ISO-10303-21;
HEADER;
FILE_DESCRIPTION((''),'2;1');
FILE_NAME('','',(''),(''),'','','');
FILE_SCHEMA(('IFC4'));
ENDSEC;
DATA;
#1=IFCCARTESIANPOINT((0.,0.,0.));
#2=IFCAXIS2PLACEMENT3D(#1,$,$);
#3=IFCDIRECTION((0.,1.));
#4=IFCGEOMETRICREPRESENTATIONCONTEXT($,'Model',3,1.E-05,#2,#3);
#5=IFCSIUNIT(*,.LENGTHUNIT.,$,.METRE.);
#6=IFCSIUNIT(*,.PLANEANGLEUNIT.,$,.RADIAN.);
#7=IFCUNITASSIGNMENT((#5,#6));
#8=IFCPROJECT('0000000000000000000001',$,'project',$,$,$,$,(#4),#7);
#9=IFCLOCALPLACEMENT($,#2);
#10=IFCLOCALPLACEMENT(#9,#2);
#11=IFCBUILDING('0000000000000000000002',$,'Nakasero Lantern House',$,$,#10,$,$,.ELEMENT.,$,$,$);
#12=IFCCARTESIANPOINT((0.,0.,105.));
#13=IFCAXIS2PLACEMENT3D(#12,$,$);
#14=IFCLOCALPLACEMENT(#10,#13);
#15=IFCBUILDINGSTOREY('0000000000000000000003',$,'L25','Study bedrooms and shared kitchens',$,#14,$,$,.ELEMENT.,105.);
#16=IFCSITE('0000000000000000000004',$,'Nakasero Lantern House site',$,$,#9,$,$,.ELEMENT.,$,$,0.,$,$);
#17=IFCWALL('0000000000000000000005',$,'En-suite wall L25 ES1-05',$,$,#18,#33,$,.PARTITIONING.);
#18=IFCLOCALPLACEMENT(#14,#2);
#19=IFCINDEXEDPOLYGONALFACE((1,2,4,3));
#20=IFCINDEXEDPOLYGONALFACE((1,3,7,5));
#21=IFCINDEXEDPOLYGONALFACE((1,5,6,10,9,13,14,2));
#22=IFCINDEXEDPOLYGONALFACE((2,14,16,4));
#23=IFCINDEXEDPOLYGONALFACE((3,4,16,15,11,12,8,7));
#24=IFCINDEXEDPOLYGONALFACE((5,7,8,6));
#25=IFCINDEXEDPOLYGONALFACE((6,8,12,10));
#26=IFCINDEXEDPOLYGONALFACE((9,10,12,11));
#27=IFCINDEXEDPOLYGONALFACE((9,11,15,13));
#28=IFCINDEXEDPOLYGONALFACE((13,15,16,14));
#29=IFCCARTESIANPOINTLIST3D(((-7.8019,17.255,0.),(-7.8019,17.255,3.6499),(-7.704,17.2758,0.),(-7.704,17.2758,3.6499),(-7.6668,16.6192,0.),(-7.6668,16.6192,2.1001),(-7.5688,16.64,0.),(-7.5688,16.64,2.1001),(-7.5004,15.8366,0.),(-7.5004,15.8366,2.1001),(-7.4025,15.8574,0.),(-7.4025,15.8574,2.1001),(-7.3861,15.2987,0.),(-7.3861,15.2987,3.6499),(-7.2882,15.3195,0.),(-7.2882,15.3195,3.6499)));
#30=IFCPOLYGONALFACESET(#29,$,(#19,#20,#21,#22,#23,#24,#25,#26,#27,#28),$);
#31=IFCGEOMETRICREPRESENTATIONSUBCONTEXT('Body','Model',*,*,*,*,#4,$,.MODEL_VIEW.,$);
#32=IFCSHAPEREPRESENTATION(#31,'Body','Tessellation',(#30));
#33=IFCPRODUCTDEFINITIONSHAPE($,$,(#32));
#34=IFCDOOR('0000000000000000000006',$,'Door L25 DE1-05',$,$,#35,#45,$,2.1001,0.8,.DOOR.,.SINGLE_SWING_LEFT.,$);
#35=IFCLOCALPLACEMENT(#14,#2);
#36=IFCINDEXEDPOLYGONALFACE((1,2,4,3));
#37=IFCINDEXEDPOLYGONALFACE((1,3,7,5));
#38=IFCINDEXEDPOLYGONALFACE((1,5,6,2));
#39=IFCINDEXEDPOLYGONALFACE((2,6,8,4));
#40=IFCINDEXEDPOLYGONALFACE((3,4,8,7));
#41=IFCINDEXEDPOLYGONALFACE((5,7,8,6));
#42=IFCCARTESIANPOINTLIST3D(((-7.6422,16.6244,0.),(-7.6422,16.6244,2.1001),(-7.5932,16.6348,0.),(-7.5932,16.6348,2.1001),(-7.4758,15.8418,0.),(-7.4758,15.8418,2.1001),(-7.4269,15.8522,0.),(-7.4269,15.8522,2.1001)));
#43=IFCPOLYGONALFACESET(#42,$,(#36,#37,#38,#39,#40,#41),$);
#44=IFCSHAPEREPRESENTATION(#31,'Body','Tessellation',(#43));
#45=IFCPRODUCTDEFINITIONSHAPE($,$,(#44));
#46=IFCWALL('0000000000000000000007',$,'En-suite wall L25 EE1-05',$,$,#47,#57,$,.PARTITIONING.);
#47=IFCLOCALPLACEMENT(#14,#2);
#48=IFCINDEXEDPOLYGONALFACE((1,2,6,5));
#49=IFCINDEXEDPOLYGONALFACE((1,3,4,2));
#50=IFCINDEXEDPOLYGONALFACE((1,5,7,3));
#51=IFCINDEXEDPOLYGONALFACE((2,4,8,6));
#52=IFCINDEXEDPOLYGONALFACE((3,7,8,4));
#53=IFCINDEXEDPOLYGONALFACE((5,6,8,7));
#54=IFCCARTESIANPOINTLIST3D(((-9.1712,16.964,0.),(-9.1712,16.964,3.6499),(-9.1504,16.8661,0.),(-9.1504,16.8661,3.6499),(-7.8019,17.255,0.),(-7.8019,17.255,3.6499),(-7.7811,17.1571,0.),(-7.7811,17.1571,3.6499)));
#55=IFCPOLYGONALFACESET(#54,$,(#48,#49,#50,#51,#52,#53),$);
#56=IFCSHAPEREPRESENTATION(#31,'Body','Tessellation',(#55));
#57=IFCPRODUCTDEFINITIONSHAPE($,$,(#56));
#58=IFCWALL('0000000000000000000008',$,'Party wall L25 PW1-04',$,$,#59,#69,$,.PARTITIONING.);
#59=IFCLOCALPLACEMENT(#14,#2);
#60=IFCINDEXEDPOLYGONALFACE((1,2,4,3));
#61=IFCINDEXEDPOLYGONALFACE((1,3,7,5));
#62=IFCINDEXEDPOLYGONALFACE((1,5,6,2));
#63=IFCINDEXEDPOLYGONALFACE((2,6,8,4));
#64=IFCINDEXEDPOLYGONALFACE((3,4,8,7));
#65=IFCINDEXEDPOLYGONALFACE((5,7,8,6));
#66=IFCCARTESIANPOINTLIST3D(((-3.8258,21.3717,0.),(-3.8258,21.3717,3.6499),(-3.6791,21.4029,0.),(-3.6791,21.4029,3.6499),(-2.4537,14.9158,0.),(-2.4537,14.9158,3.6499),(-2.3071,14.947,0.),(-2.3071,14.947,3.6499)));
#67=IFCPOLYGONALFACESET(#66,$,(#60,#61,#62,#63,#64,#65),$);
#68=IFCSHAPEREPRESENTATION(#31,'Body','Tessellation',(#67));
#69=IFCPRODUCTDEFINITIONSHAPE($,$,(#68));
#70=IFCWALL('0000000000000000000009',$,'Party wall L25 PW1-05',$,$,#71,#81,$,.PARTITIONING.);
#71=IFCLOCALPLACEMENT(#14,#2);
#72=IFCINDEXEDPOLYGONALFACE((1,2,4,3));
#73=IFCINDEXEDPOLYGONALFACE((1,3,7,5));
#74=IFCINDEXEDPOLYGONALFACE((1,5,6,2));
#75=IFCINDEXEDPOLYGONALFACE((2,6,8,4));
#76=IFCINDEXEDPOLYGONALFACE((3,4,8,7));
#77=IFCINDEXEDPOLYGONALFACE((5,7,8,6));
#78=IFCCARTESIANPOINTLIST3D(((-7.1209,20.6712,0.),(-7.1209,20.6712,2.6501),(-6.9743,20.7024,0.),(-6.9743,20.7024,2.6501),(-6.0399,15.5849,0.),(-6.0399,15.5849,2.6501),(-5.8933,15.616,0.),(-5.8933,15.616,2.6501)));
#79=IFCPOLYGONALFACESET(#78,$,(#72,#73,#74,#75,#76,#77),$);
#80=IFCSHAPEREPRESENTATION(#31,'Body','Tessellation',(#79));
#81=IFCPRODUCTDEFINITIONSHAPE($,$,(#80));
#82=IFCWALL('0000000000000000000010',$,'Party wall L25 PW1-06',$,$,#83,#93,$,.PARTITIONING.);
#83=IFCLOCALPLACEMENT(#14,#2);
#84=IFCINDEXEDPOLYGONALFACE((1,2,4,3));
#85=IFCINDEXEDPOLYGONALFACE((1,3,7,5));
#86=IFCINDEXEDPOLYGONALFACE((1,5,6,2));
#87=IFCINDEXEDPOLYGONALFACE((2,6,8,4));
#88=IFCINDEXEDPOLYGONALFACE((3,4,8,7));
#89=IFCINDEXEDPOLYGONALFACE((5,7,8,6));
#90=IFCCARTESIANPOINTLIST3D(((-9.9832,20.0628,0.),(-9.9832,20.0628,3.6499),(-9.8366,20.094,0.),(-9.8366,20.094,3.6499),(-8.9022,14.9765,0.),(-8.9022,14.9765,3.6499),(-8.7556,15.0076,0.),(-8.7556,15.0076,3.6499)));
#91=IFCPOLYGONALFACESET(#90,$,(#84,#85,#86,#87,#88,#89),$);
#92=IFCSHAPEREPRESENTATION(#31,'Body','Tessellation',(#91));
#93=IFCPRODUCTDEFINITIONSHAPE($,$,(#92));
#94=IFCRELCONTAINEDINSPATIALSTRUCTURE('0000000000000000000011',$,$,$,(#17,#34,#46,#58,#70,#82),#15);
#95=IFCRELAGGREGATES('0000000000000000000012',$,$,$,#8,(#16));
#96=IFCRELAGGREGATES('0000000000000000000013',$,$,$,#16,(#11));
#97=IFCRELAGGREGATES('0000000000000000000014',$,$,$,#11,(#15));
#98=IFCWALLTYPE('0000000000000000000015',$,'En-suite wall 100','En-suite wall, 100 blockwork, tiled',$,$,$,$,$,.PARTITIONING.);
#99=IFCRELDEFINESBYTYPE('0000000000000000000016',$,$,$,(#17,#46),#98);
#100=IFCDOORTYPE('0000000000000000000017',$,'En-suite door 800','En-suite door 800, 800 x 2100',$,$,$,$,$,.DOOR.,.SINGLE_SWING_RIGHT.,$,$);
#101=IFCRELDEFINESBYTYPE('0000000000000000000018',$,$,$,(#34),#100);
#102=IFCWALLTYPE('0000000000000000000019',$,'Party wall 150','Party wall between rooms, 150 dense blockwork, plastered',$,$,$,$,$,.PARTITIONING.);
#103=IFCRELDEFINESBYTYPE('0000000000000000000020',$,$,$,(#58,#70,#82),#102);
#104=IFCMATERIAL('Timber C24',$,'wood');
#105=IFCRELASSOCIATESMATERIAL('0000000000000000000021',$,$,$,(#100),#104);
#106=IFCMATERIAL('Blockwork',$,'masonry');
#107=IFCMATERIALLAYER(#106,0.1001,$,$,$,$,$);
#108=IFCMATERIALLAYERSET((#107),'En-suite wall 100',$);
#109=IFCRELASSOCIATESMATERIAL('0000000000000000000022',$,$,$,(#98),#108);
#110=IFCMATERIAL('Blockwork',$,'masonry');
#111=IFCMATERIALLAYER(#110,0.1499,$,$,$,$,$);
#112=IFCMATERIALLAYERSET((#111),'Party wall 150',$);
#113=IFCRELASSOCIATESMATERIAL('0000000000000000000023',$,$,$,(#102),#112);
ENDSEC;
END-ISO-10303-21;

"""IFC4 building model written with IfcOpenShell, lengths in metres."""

from ifc_helpers import new_model, si_unit, direction, frame, frame_2d, origin, place, context, subcontext, project, spatial, rectangle, extrude, material, layer, layer_set, type_object, element, fill, save


model = new_model("IFC4")

# Units and contexts
model_context = context("Model", 3, precision=1e-05, world=origin(), true_north=direction((0.0, 1.0)))
body_context = subcontext(model_context, "Body", "Model", "MODEL_VIEW")
ifc_project = project(units=[si_unit("LENGTHUNIT", "METRE"), si_unit("PLANEANGLEUNIT", "RADIAN")], contexts=[model_context])

# Site, building, storey
site_placement = place(None, origin())
site = spatial("IfcSite", under=ifc_project, at=site_placement, Name="Nakasero Lantern House site", CompositionType="ELEMENT", RefElevation=0.0)
building_placement = place(site_placement, origin())
building = spatial("IfcBuilding", under=site, at=building_placement, Name="Nakasero Lantern House", CompositionType="ELEMENT")
storey_placement = place(building_placement, frame((0.0, 0.0, 105.0)))
storey = spatial("IfcBuildingStorey", under=building, at=storey_placement, Name="L25", Description="Study bedrooms and shared kitchens", CompositionType="ELEMENT", Elevation=105.0)

# Shared definitions
ifc_material_1 = material(Name="Timber C24", Category="wood")
door_type_1 = type_object("IfcDoorType", Name="En-suite door 800", Description="En-suite door 800, 800 x 2100", OperationType="SINGLE_SWING_RIGHT", PredefinedType="DOOR", material=ifc_material_1)

# Shared definitions
ifc_material_2 = material(Name="Blockwork", Category="masonry")
ifc_layer_1 = layer(ifc_material_2, 0.1001)
ifc_layer_set_1 = layer_set([ifc_layer_1], Name="En-suite wall 100")
wall_type_1 = type_object("IfcWallType", Name="En-suite wall 100", Description="En-suite wall, 100 blockwork, tiled", PredefinedType="PARTITIONING", material=ifc_layer_set_1)

# Wall, opening, door
wall_1_placement = place(storey_placement, frame((-7.3372, 15.3091, 0.0), z_axis=(0.0, 0.0, 1.0), x_axis=(-0.207886, 0.978153, 0.0)))
wall_1 = element("IfcWall", 1, at=wall_1_placement, inside=storey, type_object=wall_type_1, Name="En-suite wall L25 ES1-05", PredefinedType="PARTITIONING", context=body_context, shape_type="SweptSolid", body=[
    extrude(rectangle(XDim=2.0, YDim=0.1001, at=frame_2d((1.0, 0.0))), origin(), (0.0, 0.0, 1.0), 3.6499),
])
opening_1_placement = place(wall_1_placement, frame((0.55, 0.0, 0.0)))
opening_1 = element("IfcOpeningElement", 2, at=opening_1_placement, cuts=wall_1, PredefinedType="OPENING", context=body_context, shape_type="SweptSolid", body=[
    extrude(rectangle(XDim=0.8, YDim=2.1001, at=frame_2d((0.3999, 1.05))), frame((0.0, 0.0701, 0.0), z_axis=(0.0, -1.0, 0.0), x_axis=(1.0, 0.0, 0.0)), (0.0, 0.0, 1.0), 0.1401),
])
door_1_placement = place(opening_1_placement, origin())
door_1 = element("IfcDoor", 3, at=door_1_placement, inside=storey, type_object=door_type_1, Name="Door L25 DE1-05", OperationType="SINGLE_SWING_LEFT", OverallHeight=2.1001, OverallWidth=0.8, PredefinedType="DOOR", context=body_context, shape_type="SweptSolid", body=[
    extrude(rectangle(XDim=0.8, YDim=2.1001, at=frame_2d((0.3999, 1.05))), frame((0.0, 0.0249, 0.0), z_axis=(0.0, -1.0, 0.0), x_axis=(1.0, 0.0, 0.0)), (0.0, 0.0, 1.0), 0.05),
])
fill(opening_1, door_1)

# Walls
wall_2_placement = place(storey_placement, frame((-7.7915, 17.2061, 0.0), z_axis=(0.0, 0.0, 1.0), x_axis=(-0.978156, -0.207873, 0.0)))
element("IfcWall", 4, at=wall_2_placement, inside=storey, type_object=wall_type_1, Name="En-suite wall L25 EE1-05", PredefinedType="PARTITIONING", context=body_context, shape_type="SweptSolid", body=[
    extrude(rectangle(XDim=1.3999, YDim=0.1001, at=frame_2d((0.7, 0.0))), origin(), (0.0, 0.0, 1.0), 3.6499),
])
ifc_material_3 = material(Name="Blockwork", Category="masonry")
ifc_layer_2 = layer(ifc_material_3, 0.1499)
ifc_layer_set_2 = layer_set([ifc_layer_2], Name="Party wall 150")
wall_type_2 = type_object("IfcWallType", Name="Party wall 150", Description="Party wall between rooms, 150 dense blockwork, plastered", PredefinedType="PARTITIONING", material=ifc_layer_set_2)
wall_3_placement = place(storey_placement, frame((-2.3804, 14.9314, 0.0), z_axis=(0.0, 0.0, 1.0), x_axis=(-0.207889, 0.978152, 0.0)))
element("IfcWall", 5, at=wall_3_placement, inside=storey, type_object=wall_type_2, Name="Party wall L25 PW1-04", PredefinedType="PARTITIONING", context=body_context, shape_type="SweptSolid", body=[
    extrude(rectangle(XDim=6.6001, YDim=0.1499, at=frame_2d((3.3, 0.0))), origin(), (0.0, 0.0, 1.0), 3.6499),
])
wall_4_placement = place(storey_placement, frame((-5.9666, 15.6003, 0.0), z_axis=(0.0, 0.0, 1.0), x_axis=(-0.207894, 0.978151, 0.0)))
element("IfcWall", 6, at=wall_4_placement, inside=storey, type_object=wall_type_2, Name="Party wall L25 PW1-05", PredefinedType="PARTITIONING", context=body_context, shape_type="SweptSolid", body=[
    extrude(rectangle(XDim=5.2, YDim=0.1499, at=frame_2d((2.6001, 0.0))), origin(), (0.0, 0.0, 1.0), 2.6501),
])
wall_5_placement = place(storey_placement, frame((-8.8289, 14.9919, 0.0), z_axis=(0.0, 0.0, 1.0), x_axis=(-0.207894, 0.978151, 0.0)))
element("IfcWall", 7, at=wall_5_placement, inside=storey, type_object=wall_type_2, Name="Party wall L25 PW1-06", PredefinedType="PARTITIONING", context=body_context, shape_type="SweptSolid", body=[
    extrude(rectangle(XDim=5.2, YDim=0.1499, at=frame_2d((2.6001, 0.0))), origin(), (0.0, 0.0, 1.0), 3.6499),
])

save(model, "model.ifc")
